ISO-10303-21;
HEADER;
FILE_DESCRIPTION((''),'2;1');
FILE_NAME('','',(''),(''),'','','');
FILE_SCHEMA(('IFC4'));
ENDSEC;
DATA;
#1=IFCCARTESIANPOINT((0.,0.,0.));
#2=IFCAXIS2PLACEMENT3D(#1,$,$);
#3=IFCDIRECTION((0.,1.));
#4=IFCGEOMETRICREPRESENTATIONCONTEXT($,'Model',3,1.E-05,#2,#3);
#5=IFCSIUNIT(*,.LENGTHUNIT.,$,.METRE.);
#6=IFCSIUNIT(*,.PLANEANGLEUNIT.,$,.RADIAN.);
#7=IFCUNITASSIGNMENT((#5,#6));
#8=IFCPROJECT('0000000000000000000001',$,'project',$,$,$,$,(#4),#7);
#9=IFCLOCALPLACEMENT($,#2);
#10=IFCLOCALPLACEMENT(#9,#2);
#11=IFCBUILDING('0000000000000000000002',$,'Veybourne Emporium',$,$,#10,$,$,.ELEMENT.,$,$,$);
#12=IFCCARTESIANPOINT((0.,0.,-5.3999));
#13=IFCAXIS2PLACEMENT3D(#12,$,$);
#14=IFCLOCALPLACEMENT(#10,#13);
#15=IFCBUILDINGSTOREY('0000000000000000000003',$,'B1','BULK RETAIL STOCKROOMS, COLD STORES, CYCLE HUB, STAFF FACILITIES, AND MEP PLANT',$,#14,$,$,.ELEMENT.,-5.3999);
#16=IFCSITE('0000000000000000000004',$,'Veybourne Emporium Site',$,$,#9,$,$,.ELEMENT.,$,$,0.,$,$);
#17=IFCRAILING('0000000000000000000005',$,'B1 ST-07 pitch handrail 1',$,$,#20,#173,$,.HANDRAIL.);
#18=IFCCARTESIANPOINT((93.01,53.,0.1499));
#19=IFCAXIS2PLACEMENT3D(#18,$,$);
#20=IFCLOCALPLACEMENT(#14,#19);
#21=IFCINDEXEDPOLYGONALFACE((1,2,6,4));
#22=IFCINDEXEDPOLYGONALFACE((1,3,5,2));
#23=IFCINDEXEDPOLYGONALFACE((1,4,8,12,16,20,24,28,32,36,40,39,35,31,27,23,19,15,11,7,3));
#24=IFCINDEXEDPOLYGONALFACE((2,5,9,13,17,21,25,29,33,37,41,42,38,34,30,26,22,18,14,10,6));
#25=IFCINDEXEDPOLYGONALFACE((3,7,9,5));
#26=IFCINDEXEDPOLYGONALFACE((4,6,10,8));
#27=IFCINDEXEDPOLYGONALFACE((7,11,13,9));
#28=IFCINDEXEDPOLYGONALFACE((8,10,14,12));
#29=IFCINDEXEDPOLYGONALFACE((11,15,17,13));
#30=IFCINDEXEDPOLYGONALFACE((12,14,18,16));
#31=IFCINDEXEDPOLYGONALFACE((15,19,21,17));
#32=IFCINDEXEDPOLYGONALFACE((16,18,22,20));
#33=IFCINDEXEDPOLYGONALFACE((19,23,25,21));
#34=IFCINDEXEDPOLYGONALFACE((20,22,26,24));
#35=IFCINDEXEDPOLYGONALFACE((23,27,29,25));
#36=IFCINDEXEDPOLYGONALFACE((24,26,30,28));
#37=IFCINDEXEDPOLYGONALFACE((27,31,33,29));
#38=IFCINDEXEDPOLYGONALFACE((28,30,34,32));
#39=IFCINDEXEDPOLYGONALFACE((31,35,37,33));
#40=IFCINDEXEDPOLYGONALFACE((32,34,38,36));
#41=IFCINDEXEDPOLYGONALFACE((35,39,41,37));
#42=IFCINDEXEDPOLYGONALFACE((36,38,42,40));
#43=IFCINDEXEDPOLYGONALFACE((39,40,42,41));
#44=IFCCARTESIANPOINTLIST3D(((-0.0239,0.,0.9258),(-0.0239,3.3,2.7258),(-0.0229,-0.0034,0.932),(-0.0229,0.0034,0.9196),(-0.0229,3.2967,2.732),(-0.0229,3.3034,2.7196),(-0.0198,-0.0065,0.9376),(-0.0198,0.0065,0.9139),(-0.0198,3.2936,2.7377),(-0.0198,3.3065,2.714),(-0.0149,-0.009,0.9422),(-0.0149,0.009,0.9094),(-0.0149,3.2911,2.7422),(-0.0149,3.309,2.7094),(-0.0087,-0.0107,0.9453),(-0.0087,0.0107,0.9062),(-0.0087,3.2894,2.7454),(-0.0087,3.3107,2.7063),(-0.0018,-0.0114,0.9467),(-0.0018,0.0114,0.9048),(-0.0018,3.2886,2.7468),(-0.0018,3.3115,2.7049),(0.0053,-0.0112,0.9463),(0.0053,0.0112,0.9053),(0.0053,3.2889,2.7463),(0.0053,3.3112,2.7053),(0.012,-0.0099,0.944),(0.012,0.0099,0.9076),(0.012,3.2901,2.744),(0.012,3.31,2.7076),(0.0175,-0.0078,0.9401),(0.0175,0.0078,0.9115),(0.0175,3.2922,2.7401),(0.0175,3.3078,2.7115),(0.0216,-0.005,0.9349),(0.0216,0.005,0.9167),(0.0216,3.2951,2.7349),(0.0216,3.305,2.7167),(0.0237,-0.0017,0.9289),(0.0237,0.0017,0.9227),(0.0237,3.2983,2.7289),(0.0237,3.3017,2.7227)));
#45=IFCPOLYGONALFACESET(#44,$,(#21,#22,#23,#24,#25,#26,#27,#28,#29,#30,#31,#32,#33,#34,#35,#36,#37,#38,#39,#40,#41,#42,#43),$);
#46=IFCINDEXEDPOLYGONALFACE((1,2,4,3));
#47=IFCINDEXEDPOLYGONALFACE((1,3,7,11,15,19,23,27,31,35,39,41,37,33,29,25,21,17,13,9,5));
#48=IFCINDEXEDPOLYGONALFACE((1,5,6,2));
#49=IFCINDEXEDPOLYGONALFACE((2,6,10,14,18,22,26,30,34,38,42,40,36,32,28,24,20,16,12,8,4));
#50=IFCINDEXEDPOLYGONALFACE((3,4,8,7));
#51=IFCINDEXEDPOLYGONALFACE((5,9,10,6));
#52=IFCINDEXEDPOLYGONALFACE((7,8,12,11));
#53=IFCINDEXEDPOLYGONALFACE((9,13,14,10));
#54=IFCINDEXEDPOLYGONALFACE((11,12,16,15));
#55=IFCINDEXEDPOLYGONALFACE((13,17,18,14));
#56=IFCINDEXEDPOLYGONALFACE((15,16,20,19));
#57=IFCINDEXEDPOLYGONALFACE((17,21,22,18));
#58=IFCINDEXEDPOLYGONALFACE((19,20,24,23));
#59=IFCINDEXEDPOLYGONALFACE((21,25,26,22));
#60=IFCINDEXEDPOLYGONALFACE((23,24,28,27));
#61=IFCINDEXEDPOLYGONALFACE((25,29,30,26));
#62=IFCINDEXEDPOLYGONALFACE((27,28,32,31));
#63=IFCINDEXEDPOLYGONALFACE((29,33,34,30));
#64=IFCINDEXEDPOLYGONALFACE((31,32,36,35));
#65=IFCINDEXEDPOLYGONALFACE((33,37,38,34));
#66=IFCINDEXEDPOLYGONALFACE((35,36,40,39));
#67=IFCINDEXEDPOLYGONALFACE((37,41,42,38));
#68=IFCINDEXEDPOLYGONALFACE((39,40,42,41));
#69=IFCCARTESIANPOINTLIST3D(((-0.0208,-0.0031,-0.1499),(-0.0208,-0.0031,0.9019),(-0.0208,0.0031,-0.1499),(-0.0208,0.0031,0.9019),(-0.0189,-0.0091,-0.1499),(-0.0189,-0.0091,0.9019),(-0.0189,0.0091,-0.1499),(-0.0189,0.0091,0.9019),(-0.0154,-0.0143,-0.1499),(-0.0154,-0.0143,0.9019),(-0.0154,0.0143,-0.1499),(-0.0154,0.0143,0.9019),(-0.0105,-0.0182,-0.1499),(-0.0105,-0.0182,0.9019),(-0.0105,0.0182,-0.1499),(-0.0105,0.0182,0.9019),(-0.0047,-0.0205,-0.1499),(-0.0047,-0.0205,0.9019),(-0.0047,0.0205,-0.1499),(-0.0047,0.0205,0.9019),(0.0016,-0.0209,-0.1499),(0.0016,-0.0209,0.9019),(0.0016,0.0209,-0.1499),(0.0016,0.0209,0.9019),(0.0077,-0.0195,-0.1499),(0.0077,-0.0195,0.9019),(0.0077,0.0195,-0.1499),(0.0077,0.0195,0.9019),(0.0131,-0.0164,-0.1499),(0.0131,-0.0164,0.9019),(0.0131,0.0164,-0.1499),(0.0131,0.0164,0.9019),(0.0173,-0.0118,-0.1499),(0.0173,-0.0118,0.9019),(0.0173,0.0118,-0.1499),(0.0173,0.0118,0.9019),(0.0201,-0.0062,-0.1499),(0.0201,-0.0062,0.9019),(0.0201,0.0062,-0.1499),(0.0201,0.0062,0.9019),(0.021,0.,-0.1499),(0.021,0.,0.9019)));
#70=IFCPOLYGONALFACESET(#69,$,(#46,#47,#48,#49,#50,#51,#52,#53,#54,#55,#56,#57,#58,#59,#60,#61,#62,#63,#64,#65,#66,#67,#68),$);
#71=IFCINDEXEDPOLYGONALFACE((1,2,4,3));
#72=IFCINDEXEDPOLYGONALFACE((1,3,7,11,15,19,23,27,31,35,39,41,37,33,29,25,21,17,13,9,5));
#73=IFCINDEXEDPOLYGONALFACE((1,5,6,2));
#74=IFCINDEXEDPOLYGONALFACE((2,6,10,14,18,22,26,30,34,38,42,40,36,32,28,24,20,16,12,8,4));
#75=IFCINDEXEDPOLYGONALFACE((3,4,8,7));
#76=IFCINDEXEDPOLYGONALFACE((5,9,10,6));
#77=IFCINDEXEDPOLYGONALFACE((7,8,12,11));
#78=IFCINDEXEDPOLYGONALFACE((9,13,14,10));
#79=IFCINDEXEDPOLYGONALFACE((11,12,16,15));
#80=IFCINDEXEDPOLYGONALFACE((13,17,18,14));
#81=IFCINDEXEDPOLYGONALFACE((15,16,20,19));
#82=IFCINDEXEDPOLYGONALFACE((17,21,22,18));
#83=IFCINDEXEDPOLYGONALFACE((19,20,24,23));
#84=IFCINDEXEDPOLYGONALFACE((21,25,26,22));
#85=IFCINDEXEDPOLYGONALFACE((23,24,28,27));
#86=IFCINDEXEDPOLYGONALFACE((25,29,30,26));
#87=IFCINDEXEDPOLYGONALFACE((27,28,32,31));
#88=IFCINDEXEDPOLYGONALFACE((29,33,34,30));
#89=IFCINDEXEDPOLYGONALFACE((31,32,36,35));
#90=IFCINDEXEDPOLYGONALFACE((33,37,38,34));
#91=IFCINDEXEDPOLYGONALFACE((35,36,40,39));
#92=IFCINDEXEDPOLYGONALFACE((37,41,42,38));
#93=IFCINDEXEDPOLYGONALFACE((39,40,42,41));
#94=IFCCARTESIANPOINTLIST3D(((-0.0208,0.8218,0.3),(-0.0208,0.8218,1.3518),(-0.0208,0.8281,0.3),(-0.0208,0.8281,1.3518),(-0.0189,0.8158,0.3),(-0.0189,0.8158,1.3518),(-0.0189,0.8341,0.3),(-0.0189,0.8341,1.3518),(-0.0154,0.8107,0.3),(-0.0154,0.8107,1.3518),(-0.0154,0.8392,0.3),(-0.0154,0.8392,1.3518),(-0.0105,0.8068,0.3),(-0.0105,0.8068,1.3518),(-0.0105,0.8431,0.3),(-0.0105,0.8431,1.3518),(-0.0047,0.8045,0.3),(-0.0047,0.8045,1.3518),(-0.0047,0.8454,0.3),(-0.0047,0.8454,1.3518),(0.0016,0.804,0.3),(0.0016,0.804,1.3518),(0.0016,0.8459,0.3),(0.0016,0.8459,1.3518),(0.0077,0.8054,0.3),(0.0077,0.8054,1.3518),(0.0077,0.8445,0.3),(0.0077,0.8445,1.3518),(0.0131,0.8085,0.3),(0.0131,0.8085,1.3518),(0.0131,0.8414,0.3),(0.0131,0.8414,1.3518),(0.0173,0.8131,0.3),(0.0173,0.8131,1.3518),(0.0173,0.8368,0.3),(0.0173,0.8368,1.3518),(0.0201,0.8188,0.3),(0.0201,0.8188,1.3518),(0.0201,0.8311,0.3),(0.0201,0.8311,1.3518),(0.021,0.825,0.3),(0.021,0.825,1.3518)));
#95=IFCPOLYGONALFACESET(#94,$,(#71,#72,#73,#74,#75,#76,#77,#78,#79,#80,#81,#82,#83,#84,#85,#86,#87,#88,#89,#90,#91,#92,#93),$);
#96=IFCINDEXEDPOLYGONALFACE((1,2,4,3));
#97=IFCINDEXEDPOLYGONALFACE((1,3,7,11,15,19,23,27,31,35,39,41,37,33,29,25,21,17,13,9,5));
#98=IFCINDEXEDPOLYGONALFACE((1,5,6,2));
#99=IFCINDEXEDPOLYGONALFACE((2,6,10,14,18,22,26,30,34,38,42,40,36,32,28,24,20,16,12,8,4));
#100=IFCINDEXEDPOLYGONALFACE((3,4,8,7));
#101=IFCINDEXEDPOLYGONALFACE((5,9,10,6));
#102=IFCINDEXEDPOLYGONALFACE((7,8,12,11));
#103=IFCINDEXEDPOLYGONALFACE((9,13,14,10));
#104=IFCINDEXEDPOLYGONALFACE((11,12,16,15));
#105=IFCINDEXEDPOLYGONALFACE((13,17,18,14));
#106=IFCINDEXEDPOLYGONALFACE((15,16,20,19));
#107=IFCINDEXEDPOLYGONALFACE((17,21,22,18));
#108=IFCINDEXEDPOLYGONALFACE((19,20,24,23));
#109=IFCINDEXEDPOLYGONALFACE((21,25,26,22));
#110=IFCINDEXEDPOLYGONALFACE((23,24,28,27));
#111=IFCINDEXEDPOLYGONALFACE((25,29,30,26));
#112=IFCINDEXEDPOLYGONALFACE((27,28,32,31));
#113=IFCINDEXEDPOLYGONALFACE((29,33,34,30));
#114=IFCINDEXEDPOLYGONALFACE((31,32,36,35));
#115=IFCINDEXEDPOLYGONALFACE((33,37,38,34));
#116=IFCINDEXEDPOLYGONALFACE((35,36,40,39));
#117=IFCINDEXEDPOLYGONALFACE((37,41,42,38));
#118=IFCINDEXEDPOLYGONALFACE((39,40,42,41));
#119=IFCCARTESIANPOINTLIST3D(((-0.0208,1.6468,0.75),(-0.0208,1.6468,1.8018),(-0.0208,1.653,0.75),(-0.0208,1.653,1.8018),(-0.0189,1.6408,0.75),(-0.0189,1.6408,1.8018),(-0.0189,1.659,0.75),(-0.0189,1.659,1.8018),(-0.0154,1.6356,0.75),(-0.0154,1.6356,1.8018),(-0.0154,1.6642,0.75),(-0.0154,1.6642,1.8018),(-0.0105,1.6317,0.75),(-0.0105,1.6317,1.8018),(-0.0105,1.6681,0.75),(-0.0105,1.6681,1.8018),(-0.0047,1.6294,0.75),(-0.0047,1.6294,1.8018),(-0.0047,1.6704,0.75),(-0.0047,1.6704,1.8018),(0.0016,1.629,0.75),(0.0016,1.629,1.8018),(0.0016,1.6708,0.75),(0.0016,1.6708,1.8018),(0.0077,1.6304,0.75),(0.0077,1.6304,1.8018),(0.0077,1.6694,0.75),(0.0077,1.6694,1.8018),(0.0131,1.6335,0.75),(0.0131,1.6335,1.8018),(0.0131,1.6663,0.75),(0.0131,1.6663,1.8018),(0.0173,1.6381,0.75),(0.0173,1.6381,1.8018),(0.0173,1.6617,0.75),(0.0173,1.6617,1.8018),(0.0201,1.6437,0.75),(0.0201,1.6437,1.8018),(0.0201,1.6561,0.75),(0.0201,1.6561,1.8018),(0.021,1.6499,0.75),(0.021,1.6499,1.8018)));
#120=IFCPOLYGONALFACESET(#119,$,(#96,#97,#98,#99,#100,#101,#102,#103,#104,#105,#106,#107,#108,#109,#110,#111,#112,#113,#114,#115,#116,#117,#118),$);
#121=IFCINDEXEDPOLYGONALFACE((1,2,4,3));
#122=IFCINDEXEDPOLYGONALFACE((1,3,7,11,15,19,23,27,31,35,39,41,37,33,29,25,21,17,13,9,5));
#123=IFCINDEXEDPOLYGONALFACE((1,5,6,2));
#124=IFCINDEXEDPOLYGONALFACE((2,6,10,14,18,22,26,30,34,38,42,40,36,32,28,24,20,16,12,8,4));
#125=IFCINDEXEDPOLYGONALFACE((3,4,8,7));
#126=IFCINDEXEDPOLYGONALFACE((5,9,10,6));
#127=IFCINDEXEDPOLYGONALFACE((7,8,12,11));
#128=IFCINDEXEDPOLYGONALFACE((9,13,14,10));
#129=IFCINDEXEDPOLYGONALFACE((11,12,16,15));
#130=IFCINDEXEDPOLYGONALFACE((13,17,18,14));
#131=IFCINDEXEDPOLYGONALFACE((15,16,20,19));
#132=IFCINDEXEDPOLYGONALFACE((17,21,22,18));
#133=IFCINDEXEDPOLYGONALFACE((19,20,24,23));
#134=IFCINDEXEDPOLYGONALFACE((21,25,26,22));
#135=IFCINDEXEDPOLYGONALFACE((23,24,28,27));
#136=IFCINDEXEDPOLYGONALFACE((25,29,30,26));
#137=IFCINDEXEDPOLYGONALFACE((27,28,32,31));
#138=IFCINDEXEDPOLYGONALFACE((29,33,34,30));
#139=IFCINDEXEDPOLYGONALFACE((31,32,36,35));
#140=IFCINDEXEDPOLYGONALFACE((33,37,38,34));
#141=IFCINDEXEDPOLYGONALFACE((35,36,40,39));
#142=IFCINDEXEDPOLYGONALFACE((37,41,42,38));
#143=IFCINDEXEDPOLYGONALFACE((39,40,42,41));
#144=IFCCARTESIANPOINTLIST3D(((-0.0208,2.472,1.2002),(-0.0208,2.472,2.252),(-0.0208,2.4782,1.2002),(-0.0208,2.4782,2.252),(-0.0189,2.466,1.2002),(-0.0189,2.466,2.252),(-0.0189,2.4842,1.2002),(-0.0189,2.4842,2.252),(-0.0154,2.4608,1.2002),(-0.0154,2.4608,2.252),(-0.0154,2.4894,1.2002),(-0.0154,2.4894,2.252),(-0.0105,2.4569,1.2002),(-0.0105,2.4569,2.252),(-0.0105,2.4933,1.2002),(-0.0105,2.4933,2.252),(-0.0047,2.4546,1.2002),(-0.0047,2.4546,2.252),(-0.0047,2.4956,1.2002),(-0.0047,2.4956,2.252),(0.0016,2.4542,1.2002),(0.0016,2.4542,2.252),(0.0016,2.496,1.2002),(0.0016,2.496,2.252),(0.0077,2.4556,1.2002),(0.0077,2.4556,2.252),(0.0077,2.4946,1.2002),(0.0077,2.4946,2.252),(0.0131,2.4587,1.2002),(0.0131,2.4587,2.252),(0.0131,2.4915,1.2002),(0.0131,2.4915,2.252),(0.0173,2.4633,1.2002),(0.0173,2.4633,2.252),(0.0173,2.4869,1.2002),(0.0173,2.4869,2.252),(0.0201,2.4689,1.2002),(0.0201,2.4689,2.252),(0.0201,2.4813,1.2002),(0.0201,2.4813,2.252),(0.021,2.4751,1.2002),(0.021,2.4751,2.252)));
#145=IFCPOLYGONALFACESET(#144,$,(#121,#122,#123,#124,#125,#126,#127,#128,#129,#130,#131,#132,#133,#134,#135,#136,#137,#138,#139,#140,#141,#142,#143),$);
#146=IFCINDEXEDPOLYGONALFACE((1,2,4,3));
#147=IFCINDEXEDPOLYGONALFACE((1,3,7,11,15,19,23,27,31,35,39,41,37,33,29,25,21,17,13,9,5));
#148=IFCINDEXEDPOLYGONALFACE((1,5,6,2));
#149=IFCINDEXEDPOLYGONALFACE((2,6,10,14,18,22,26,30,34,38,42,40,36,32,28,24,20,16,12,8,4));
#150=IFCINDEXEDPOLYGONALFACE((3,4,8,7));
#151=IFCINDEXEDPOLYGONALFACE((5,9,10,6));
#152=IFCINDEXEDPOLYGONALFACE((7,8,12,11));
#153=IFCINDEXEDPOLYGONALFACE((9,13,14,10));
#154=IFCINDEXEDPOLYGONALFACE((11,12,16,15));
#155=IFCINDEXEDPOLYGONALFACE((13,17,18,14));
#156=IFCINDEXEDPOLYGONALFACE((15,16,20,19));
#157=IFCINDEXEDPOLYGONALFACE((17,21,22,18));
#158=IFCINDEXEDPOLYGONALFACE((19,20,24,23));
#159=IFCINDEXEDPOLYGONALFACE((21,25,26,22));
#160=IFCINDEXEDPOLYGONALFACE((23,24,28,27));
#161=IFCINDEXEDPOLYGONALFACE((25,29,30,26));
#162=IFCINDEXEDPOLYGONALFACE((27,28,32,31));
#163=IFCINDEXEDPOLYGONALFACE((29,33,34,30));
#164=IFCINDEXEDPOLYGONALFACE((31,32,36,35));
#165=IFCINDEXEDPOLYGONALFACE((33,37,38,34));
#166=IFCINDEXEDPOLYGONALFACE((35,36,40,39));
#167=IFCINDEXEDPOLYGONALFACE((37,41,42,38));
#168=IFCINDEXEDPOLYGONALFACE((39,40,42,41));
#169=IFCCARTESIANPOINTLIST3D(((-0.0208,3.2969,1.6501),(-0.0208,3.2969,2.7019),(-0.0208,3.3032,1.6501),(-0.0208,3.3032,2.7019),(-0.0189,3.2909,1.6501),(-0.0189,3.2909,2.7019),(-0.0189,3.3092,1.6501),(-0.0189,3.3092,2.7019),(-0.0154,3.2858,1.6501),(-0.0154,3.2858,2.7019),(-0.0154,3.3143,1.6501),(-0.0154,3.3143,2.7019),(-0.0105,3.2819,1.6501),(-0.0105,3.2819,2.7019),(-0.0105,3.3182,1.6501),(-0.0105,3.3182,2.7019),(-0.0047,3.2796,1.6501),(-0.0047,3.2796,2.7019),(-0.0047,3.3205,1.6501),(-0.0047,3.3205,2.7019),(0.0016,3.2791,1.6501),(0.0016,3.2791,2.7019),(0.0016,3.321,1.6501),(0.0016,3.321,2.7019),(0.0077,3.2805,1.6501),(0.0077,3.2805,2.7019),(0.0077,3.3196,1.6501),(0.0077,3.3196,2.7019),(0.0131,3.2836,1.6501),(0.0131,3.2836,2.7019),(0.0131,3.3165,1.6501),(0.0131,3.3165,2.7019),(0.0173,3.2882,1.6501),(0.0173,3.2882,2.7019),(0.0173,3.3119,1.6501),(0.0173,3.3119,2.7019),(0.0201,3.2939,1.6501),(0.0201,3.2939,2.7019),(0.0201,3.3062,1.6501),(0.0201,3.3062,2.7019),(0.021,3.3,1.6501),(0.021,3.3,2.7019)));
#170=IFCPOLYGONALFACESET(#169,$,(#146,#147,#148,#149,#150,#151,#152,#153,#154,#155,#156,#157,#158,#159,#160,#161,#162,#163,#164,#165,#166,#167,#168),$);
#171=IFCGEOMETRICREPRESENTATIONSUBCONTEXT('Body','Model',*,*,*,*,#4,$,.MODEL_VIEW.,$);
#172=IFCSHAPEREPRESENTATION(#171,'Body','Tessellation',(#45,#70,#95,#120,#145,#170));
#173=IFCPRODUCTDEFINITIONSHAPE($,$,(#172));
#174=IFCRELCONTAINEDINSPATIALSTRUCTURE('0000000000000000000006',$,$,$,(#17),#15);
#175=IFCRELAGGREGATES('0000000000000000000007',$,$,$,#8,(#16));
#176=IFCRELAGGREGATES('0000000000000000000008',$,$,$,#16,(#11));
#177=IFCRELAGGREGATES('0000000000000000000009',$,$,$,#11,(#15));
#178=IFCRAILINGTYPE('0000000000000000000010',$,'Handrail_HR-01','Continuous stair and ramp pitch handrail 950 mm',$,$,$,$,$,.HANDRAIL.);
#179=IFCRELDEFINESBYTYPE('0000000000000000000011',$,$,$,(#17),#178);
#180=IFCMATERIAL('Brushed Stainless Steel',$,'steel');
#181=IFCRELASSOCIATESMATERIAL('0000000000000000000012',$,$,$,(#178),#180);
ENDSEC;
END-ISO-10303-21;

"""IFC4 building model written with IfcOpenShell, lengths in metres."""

from ifc_helpers import new_model, si_unit, direction, frame, origin, origin_2d, place, context, subcontext, project, spatial, circle, extrude, material, type_object, element, save


model = new_model("IFC4")

# Units and contexts
model_context = context("Model", 3, precision=1e-05, world=origin(), true_north=direction((0.0, 1.0)))
body_context = subcontext(model_context, "Body", "Model", "MODEL_VIEW")
ifc_project = project(units=[si_unit("LENGTHUNIT", "METRE"), si_unit("PLANEANGLEUNIT", "RADIAN")], contexts=[model_context])

# Site, building, storey
site_placement = place(None, origin())
site = spatial("IfcSite", under=ifc_project, at=site_placement, Name="Veybourne Emporium Site", CompositionType="ELEMENT", RefElevation=0.0)
building_placement = place(site_placement, origin())
building = spatial("IfcBuilding", under=site, at=building_placement, Name="Veybourne Emporium", CompositionType="ELEMENT")
storey_placement = place(building_placement, frame((0.0, 0.0, -5.3999)))
storey = spatial("IfcBuildingStorey", under=building, at=storey_placement, Name="B1", Description="BULK RETAIL STOCKROOMS, COLD STORES, CYCLE HUB, STAFF FACILITIES, AND MEP PLANT", CompositionType="ELEMENT", Elevation=-5.3999)

# Railing
ifc_material_1 = material(Name="Brushed Stainless Steel", Category="steel")
railing_type_1 = type_object("IfcRailingType", Name="Handrail_HR-01", Description="Continuous stair and ramp pitch handrail 950 mm", PredefinedType="HANDRAIL", material=ifc_material_1)
railing_1_placement = place(storey_placement, frame((93.01, 53.0, 0.1499)))
element("IfcRailing", 1, at=railing_1_placement, inside=storey, type_object=railing_type_1, Name="B1 ST-07 pitch handrail 1", PredefinedType="HANDRAIL", context=body_context, shape_type="SweptSolid", body=[
    extrude(circle(Radius=0.0239, at=origin_2d()), frame((0.0, 0.0, 0.9258), z_axis=(0.0, 0.877893, 0.478857), x_axis=(-1.0, 0.0, 0.0)), (0.0, 0.0, 1.0), 3.759),
    extrude(circle(Radius=0.021, at=origin_2d()), frame((0.0, 0.0, -0.1499)), (0.0, 0.0, 1.0), 1.0518),
    extrude(circle(Radius=0.021, at=origin_2d()), frame((0.0, 0.825, 0.3)), (0.0, 0.0, 1.0), 1.0518),
    extrude(circle(Radius=0.021, at=origin_2d()), frame((0.0, 1.6499, 0.75)), (0.0, 0.0, 1.0), 1.0518),
    extrude(circle(Radius=0.021, at=origin_2d()), frame((0.0, 2.4751, 1.2002)), (0.0, 0.0, 1.0), 1.0518),
    extrude(circle(Radius=0.021, at=origin_2d()), frame((0.0, 3.3, 1.6501)), (0.0, 0.0, 1.0), 1.0518),
])

save(model, "model.ifc")
